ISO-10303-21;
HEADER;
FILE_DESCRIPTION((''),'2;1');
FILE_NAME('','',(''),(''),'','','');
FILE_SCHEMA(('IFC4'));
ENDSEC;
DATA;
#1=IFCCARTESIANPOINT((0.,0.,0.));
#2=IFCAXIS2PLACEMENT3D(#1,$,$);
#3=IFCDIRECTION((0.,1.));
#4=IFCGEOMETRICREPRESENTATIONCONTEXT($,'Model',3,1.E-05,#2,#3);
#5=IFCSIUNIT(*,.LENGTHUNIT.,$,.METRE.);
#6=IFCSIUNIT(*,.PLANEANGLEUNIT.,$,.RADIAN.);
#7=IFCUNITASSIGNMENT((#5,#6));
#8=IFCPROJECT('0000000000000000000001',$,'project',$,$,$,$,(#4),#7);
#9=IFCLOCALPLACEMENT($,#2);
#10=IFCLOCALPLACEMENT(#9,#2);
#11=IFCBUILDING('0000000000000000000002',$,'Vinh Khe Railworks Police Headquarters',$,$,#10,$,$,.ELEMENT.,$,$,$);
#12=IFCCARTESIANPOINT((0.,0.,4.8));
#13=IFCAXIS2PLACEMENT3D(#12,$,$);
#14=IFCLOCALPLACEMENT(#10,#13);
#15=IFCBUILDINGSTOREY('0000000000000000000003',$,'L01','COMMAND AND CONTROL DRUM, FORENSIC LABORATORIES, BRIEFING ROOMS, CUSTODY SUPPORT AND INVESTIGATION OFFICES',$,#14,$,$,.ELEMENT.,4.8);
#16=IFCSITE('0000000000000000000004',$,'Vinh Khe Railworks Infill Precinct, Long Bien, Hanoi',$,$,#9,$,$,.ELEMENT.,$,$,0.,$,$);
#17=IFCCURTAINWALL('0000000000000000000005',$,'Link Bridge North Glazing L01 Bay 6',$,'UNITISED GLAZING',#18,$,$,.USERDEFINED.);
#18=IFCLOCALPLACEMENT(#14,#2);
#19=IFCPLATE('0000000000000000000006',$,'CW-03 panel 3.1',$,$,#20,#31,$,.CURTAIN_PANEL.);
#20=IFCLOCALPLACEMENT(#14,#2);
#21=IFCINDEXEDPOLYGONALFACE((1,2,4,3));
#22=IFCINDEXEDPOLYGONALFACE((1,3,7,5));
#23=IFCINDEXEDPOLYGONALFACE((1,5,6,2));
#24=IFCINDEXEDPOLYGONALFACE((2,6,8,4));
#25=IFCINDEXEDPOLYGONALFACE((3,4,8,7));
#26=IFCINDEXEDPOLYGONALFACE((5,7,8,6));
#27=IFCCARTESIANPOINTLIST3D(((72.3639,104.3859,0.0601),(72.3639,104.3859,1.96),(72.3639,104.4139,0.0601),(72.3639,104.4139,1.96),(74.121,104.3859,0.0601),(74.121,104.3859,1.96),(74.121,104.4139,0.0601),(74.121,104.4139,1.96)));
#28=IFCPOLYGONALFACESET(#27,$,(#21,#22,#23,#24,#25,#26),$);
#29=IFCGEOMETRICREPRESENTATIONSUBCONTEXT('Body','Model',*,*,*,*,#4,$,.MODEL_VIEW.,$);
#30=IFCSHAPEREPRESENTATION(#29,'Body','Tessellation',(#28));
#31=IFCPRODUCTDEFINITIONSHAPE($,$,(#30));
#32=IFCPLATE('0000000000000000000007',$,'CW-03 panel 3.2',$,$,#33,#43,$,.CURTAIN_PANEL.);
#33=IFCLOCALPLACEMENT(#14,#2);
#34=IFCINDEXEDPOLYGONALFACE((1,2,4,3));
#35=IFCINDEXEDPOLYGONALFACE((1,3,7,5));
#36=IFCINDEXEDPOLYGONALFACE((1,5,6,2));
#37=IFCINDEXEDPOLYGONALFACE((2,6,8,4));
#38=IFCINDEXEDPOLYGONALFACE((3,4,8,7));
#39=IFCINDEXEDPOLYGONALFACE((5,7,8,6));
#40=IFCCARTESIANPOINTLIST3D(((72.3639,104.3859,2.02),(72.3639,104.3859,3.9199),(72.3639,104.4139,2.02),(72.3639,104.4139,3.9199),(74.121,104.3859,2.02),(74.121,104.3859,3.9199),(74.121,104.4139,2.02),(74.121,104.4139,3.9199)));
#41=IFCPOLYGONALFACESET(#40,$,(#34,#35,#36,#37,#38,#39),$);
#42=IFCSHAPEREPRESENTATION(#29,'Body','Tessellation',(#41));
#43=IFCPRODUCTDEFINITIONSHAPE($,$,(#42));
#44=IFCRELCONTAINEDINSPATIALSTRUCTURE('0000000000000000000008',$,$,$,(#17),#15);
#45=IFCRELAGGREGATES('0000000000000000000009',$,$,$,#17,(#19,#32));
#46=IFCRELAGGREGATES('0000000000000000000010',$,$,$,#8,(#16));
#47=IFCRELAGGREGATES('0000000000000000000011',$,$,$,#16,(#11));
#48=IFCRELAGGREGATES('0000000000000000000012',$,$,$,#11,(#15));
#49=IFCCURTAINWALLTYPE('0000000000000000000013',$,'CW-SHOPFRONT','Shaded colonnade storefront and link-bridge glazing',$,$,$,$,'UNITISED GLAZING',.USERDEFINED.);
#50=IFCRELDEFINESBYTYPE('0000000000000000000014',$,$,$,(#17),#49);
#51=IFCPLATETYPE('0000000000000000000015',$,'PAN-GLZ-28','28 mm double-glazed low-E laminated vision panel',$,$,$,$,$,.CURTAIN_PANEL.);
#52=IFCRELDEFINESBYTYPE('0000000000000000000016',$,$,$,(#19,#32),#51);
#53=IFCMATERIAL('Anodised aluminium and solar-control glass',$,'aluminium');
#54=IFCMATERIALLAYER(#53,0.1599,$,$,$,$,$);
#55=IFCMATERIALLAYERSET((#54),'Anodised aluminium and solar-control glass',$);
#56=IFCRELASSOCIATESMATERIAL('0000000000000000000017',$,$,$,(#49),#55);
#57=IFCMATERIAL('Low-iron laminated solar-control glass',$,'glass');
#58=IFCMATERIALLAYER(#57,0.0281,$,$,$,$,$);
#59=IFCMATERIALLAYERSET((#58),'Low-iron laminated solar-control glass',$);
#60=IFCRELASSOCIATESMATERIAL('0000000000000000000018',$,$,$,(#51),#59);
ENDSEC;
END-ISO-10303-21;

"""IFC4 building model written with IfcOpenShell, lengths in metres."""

from ifc_helpers import new_model, si_unit, direction, frame, origin, origin_2d, place, context, subcontext, project, spatial, rectangle, extrude, material, layer, layer_set, type_object, element, aggregate, save


model = new_model("IFC4")

# Units and contexts
model_context = context("Model", 3, precision=1e-05, world=origin(), true_north=direction((0.0, 1.0)))
body_context = subcontext(model_context, "Body", "Model", "MODEL_VIEW")
ifc_project = project(units=[si_unit("LENGTHUNIT", "METRE"), si_unit("PLANEANGLEUNIT", "RADIAN")], contexts=[model_context])

# Site, building, storey
site_placement = place(None, origin())
site = spatial("IfcSite", under=ifc_project, at=site_placement, Name="Vinh Khe Railworks Infill Precinct, Long Bien, Hanoi", CompositionType="ELEMENT", RefElevation=0.0)
building_placement = place(site_placement, origin())
building = spatial("IfcBuilding", under=site, at=building_placement, Name="Vinh Khe Railworks Police Headquarters", CompositionType="ELEMENT")
storey_placement = place(building_placement, frame((0.0, 0.0, 4.8)))
storey = spatial("IfcBuildingStorey", under=building, at=storey_placement, Name="L01", Description="COMMAND AND CONTROL DRUM, FORENSIC LABORATORIES, BRIEFING ROOMS, CUSTODY SUPPORT AND INVESTIGATION OFFICES", CompositionType="ELEMENT", Elevation=4.8)

# Curtain wall
ifc_material_1 = material(Name="Anodised aluminium and solar-control glass", Category="aluminium")
ifc_layer_1 = layer(ifc_material_1, 0.1599)
ifc_layer_set_1 = layer_set([ifc_layer_1], Name="Anodised aluminium and solar-control glass")
curtain_wall_type = type_object("IfcCurtainWallType", Name="CW-SHOPFRONT", Description="Shaded colonnade storefront and link-bridge glazing", ElementType="UNITISED GLAZING", PredefinedType="USERDEFINED", material=ifc_layer_set_1)
curtain_wall_placement = place(storey_placement, origin())
curtain_wall = element("IfcCurtainWall", 1, at=curtain_wall_placement, inside=storey, type_object=curtain_wall_type, Name="Link Bridge North Glazing L01 Bay 6", ObjectType="UNITISED GLAZING", PredefinedType="USERDEFINED")

# Plates
ifc_material_2 = material(Name="Low-iron laminated solar-control glass", Category="glass")
ifc_layer_2 = layer(ifc_material_2, 0.0281)
ifc_layer_set_2 = layer_set([ifc_layer_2], Name="Low-iron laminated solar-control glass")
plate_type = type_object("IfcPlateType", Name="PAN-GLZ-28", Description="28 mm double-glazed low-E laminated vision panel", PredefinedType="CURTAIN_PANEL", material=ifc_layer_set_2)
plate_1_placement = place(storey_placement, frame((73.2424, 104.3999, 0.0601), z_axis=(0.0, 0.0, 1.0), x_axis=(1.0, 0.0, 0.0)))
plate_1 = element("IfcPlate", 2, at=plate_1_placement, type_object=plate_type, Name="CW-03 panel 3.1", PredefinedType="CURTAIN_PANEL", context=body_context, shape_type="SweptSolid", body=[
    extrude(rectangle(XDim=1.7571, YDim=0.0281, at=origin_2d()), origin(), (0.0, 0.0, 1.0), 1.8999),
])
plate_2_placement = place(storey_placement, frame((73.2424, 104.3999, 2.02), z_axis=(0.0, 0.0, 1.0), x_axis=(1.0, 0.0, 0.0)))
plate_2 = element("IfcPlate", 3, at=plate_2_placement, type_object=plate_type, Name="CW-03 panel 3.2", PredefinedType="CURTAIN_PANEL", context=body_context, shape_type="SweptSolid", body=[
    extrude(rectangle(XDim=1.7571, YDim=0.0281, at=origin_2d()), origin(), (0.0, 0.0, 1.0), 1.8999),
])
aggregate(curtain_wall, [plate_1, plate_2])

save(model, "model.ifc")
